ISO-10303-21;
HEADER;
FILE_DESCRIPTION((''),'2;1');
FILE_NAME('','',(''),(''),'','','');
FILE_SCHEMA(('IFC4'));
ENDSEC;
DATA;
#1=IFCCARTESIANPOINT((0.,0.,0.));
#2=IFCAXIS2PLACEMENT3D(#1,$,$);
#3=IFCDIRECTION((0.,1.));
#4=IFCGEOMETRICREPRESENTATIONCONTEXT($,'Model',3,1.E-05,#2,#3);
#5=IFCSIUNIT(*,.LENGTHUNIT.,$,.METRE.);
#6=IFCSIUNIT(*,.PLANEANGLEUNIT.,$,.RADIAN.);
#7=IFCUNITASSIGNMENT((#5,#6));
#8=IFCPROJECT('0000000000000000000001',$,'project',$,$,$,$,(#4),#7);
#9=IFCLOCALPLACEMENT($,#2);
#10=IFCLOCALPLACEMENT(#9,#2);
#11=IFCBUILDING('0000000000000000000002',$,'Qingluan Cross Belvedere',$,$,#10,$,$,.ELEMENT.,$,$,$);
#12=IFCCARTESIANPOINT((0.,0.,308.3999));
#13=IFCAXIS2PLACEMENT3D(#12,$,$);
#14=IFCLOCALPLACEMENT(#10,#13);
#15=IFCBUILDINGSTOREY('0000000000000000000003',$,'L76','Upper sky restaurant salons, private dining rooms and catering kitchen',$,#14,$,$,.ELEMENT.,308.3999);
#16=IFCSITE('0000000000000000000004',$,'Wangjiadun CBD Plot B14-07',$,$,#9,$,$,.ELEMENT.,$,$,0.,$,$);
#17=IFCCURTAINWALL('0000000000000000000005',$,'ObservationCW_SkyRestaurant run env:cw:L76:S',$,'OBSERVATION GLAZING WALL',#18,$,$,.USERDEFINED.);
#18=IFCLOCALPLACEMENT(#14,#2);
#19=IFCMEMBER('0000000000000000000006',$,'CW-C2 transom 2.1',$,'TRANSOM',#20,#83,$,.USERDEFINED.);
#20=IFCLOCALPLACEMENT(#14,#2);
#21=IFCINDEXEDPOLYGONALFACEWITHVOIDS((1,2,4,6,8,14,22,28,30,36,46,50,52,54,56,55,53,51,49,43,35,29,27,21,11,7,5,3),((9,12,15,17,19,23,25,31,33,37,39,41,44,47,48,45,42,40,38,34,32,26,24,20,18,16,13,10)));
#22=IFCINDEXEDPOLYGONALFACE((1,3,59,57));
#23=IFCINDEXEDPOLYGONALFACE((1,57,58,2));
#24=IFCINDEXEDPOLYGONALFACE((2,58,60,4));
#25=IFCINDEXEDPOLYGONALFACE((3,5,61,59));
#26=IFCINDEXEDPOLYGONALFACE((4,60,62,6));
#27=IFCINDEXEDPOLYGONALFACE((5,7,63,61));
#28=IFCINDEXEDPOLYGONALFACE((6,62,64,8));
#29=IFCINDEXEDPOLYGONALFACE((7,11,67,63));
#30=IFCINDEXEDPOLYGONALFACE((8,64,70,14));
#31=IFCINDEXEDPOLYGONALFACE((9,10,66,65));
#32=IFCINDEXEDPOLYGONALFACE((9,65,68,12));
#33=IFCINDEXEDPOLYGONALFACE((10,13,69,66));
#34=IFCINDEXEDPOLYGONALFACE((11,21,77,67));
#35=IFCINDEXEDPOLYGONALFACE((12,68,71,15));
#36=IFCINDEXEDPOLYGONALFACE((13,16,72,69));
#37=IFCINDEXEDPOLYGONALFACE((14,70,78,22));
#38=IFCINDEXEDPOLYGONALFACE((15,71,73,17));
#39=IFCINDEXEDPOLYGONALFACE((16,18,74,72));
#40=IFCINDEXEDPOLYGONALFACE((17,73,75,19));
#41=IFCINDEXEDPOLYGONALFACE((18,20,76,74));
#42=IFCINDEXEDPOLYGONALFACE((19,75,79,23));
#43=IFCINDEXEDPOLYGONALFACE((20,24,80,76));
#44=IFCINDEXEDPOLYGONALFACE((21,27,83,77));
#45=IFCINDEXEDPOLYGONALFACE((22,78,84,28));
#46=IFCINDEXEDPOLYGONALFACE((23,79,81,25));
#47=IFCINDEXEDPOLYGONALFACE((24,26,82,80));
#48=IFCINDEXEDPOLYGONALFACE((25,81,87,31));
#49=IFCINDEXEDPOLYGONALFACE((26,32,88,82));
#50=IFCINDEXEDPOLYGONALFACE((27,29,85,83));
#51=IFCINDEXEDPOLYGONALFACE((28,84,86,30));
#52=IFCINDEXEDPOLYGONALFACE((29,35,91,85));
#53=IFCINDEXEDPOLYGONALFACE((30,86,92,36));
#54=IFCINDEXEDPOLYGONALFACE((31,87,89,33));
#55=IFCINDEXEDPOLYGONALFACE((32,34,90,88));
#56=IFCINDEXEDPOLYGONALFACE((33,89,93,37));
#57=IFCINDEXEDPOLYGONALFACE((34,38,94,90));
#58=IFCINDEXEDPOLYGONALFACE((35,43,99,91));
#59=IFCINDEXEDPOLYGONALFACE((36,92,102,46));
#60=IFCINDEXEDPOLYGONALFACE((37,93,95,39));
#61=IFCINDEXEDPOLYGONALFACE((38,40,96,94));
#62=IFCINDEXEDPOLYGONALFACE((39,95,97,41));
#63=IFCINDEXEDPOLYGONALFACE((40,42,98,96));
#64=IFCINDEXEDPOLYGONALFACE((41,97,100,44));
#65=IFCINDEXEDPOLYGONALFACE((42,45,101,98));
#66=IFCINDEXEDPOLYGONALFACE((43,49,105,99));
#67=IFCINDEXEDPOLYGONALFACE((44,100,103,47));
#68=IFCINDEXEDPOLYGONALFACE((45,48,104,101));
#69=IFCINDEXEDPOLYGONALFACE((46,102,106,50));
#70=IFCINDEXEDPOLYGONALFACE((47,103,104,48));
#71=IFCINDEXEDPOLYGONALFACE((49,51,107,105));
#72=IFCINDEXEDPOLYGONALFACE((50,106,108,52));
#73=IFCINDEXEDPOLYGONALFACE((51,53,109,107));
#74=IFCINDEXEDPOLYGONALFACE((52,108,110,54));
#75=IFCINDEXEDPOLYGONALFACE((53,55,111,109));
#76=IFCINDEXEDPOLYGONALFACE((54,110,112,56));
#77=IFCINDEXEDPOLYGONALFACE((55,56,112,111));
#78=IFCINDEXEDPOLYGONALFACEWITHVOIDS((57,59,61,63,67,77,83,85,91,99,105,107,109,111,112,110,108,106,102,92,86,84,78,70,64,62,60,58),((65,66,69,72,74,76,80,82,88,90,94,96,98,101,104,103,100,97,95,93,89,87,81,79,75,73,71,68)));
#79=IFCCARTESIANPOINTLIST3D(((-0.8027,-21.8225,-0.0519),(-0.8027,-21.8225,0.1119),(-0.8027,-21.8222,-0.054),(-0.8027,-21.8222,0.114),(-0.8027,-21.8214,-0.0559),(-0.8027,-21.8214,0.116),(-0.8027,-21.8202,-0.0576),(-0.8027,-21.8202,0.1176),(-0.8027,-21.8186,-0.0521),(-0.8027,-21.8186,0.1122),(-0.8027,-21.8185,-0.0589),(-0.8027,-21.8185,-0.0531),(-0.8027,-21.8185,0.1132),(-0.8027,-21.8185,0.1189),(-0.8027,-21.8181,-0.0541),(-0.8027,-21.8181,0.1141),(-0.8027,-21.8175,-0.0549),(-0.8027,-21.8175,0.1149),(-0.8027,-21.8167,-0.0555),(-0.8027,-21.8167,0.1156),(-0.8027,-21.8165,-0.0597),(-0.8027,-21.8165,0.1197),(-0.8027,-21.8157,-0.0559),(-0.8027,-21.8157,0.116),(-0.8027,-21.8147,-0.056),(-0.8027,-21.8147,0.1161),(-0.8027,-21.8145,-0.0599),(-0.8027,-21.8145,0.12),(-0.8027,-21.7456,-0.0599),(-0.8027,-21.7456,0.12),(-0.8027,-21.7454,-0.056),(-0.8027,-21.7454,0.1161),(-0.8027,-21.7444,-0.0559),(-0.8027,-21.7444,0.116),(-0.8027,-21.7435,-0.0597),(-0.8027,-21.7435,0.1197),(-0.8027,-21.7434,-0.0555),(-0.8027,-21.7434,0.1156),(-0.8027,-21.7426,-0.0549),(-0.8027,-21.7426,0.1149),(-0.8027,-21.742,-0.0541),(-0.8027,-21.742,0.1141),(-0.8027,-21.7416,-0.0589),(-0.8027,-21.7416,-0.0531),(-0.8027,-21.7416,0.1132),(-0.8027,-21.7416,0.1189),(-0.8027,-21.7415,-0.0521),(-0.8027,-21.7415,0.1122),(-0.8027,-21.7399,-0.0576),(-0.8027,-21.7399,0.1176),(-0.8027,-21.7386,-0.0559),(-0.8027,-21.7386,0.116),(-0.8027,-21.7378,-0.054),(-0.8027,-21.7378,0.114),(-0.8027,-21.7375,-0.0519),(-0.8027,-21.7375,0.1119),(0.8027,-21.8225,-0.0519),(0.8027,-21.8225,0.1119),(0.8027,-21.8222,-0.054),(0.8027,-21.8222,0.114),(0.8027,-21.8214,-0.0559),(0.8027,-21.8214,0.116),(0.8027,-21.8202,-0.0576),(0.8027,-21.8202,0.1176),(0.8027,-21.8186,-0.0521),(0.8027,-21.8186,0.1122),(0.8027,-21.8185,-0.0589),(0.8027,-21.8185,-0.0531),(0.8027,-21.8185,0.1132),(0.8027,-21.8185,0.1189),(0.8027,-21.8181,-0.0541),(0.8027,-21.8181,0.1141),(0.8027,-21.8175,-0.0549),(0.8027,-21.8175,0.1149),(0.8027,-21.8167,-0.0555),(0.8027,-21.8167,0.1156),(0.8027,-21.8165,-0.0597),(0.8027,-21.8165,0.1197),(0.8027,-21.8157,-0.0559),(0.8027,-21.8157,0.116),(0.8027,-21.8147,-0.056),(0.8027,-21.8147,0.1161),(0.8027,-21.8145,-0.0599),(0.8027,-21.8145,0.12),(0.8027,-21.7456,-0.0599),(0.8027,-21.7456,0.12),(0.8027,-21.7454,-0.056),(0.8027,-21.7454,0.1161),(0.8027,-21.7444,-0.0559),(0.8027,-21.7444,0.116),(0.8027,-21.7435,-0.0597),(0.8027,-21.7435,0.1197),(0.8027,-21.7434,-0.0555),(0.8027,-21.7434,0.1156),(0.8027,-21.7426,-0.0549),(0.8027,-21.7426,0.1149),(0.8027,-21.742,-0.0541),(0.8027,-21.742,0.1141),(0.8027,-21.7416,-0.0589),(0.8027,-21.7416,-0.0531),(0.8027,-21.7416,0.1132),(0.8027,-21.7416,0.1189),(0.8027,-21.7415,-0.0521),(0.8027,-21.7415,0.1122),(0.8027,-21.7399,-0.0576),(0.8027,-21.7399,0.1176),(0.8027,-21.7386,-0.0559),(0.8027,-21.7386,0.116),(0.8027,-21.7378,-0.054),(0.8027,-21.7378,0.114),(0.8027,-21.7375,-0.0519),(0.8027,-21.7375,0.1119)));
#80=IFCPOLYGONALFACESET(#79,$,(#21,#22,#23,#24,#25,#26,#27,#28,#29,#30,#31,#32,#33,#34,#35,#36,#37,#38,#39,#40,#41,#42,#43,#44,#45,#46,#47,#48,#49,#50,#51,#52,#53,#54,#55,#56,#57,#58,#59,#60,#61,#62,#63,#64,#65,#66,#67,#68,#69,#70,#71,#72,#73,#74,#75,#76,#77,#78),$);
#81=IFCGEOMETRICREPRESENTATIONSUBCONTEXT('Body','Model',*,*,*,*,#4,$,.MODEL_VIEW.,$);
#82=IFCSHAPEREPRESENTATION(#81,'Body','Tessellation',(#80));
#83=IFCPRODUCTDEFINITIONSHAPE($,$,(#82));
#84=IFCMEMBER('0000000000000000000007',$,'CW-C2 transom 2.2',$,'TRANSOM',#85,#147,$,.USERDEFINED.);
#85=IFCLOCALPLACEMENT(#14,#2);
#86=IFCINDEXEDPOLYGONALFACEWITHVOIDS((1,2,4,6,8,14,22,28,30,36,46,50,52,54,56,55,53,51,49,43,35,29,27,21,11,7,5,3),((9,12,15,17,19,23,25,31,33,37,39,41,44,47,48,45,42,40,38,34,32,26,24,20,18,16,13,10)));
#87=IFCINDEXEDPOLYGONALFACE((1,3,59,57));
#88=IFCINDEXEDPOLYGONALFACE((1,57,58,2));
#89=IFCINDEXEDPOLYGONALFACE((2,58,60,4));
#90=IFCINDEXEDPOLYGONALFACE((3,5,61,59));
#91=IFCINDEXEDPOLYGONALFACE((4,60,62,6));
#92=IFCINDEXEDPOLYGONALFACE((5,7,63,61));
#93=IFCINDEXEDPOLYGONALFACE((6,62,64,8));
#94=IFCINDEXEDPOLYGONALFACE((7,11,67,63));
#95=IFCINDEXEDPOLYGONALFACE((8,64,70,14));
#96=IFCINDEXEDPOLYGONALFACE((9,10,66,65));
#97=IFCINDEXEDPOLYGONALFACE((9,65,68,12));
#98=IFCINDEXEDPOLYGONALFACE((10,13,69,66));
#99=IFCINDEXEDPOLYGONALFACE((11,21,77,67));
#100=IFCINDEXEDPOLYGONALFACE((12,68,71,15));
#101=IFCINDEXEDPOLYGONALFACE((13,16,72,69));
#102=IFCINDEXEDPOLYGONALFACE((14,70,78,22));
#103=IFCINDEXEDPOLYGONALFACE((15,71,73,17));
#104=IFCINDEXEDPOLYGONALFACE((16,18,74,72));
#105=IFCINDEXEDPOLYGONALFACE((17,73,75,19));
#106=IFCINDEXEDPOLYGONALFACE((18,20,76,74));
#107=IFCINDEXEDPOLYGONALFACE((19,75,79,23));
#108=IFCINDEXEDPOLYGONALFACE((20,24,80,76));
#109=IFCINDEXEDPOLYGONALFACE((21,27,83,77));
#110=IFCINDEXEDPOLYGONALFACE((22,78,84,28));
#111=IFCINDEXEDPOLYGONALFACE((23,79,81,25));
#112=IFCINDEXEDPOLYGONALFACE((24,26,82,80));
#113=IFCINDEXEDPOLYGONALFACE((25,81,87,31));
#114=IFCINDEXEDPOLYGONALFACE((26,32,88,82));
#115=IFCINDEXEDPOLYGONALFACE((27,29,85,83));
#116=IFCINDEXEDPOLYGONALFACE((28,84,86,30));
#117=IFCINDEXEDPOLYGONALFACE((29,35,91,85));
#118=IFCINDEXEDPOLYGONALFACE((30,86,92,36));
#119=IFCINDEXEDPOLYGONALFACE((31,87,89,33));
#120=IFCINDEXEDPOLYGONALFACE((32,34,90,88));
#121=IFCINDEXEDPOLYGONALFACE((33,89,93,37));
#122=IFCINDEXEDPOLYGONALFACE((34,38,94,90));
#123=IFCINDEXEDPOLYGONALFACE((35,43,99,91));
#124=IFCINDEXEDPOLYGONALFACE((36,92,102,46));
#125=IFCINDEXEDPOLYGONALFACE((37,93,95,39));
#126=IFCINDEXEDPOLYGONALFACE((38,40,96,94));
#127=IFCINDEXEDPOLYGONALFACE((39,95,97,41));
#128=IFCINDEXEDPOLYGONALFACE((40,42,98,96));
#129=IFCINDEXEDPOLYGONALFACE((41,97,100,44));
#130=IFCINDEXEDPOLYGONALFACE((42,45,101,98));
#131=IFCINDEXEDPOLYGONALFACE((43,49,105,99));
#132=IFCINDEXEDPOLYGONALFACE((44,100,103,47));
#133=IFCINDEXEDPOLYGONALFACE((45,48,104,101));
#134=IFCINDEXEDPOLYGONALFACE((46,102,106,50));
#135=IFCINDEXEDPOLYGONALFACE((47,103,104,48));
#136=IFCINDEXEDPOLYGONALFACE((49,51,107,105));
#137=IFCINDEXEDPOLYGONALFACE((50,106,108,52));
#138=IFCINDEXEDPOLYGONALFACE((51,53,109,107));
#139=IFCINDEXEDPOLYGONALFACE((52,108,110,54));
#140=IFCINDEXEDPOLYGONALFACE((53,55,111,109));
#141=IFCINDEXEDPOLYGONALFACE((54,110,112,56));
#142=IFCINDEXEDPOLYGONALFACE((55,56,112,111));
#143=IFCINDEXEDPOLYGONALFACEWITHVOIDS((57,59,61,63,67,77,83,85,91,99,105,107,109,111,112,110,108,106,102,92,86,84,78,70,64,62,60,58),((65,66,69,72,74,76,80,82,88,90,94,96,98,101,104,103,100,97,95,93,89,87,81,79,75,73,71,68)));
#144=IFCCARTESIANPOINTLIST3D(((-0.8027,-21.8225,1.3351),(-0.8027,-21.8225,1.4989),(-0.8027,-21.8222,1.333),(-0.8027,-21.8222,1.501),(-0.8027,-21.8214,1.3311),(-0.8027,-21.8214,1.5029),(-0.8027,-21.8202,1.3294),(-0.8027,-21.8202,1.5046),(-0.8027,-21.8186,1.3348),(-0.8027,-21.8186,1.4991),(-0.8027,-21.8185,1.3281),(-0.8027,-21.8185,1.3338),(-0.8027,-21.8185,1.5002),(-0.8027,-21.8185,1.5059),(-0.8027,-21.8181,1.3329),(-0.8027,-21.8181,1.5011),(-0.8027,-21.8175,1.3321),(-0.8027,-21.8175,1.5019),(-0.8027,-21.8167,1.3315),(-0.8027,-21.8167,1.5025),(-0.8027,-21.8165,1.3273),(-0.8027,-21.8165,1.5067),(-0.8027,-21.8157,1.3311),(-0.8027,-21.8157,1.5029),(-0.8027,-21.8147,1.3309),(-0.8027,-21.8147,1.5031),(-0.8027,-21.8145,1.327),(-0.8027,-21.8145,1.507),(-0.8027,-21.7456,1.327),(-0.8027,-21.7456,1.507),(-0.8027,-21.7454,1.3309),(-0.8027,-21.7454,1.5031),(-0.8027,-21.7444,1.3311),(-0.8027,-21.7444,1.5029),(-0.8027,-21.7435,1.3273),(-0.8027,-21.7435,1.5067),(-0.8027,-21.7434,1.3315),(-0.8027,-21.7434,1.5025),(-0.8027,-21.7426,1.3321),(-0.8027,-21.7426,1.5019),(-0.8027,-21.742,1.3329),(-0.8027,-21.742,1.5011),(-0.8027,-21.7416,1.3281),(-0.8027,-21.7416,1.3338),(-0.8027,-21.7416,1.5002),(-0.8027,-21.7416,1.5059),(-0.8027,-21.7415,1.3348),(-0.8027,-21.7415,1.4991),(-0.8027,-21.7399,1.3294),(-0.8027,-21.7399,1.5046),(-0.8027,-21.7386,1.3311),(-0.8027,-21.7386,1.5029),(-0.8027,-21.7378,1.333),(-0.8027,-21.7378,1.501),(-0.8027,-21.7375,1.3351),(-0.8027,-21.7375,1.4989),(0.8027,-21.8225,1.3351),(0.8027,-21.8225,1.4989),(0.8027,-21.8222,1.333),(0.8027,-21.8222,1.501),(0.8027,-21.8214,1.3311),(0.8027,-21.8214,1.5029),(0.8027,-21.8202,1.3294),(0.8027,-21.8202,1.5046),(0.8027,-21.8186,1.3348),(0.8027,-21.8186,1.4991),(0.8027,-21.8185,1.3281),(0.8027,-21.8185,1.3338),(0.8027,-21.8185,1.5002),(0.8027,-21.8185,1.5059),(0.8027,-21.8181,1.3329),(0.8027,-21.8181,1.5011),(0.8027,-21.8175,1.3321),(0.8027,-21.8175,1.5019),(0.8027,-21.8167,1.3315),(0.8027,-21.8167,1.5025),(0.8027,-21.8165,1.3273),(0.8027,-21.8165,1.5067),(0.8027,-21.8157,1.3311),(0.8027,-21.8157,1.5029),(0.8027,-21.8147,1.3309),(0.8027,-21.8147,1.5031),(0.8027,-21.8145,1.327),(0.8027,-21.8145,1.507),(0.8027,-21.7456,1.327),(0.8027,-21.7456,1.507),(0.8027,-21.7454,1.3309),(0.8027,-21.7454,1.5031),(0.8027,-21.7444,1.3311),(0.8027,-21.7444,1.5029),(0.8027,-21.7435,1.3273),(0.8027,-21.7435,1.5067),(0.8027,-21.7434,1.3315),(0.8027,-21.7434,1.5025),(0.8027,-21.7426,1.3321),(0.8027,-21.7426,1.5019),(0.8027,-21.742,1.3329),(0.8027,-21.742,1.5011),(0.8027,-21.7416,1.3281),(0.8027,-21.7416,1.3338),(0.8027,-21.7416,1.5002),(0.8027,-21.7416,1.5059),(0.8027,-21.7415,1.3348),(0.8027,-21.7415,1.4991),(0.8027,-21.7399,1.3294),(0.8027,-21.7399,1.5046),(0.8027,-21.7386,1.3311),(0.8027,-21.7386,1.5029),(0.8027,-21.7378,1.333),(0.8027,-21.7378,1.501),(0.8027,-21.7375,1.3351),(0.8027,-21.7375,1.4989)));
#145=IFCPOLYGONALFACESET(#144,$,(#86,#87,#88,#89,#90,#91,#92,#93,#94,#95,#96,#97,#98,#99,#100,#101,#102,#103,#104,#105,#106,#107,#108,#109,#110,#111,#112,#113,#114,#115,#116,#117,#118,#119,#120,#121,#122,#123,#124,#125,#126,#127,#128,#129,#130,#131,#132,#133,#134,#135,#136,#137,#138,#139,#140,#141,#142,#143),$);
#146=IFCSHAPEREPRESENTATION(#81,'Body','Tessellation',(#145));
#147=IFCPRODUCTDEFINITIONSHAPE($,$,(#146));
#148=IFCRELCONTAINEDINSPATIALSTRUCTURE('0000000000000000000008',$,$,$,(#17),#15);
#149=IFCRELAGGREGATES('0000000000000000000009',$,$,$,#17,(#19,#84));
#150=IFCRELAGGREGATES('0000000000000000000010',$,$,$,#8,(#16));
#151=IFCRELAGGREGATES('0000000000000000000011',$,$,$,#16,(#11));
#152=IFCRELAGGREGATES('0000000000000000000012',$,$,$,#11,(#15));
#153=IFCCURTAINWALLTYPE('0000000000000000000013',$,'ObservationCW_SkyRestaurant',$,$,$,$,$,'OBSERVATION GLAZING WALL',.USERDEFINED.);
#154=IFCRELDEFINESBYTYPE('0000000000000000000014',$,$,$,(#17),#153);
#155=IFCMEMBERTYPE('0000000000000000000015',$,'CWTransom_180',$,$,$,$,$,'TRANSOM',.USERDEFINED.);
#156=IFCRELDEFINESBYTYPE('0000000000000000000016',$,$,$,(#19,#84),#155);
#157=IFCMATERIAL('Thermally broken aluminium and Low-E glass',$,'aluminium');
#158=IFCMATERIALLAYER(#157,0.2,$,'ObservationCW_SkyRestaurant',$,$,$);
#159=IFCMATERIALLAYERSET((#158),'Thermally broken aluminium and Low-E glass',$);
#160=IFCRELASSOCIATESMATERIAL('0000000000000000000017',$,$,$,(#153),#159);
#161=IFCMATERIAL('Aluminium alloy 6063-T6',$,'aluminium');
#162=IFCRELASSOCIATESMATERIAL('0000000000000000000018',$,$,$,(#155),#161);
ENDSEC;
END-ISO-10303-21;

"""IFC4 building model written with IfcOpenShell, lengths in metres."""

from ifc_helpers import new_model, si_unit, direction, frame, origin, origin_2d, place, context, subcontext, project, spatial, hollow_rectangle, extrude, material, layer, layer_set, material_profile, profile_set, type_object, element, aggregate, save


model = new_model("IFC4")

# Units and contexts
model_context = context("Model", 3, precision=1e-05, world=origin(), true_north=direction((0.0, 1.0)))
body_context = subcontext(model_context, "Body", "Model", "MODEL_VIEW")
ifc_project = project(units=[si_unit("LENGTHUNIT", "METRE"), si_unit("PLANEANGLEUNIT", "RADIAN")], contexts=[model_context])

# Site, building, storey
site_placement = place(None, origin())
site = spatial("IfcSite", under=ifc_project, at=site_placement, Name="Wangjiadun CBD Plot B14-07", CompositionType="ELEMENT", RefElevation=0.0)
building_placement = place(site_placement, origin())
building = spatial("IfcBuilding", under=site, at=building_placement, Name="Qingluan Cross Belvedere", CompositionType="ELEMENT")
storey_placement = place(building_placement, frame((0.0, 0.0, 308.3999)))
storey = spatial("IfcBuildingStorey", under=building, at=storey_placement, Name="L76", Description="Upper sky restaurant salons, private dining rooms and catering kitchen", CompositionType="ELEMENT", Elevation=308.3999)

# Curtain wall, members
ifc_material_1 = material(Name="Thermally broken aluminium and Low-E glass", Category="aluminium")
ifc_layer_1 = layer(ifc_material_1, 0.2, Name="ObservationCW_SkyRestaurant")
ifc_layer_set_1 = layer_set([ifc_layer_1], Name="Thermally broken aluminium and Low-E glass")
curtain_wall_type = type_object("IfcCurtainWallType", Name="ObservationCW_SkyRestaurant", ElementType="OBSERVATION GLAZING WALL", PredefinedType="USERDEFINED", material=ifc_layer_set_1)
curtain_wall_placement = place(storey_placement, origin())
curtain_wall = element("IfcCurtainWall", 1, at=curtain_wall_placement, inside=storey, type_object=curtain_wall_type, Name="ObservationCW_SkyRestaurant run env:cw:L76:S", ObjectType="OBSERVATION GLAZING WALL", PredefinedType="USERDEFINED")
ifc_material_2 = material(Name="Aluminium alloy 6063-T6", Category="aluminium")
ifc_material_profile_1 = material_profile(ifc_material_2, hollow_rectangle(XDim=0.085, YDim=0.1799, WallThickness=0.0039, InnerFilletRadius=0.0039, OuterFilletRadius=0.0081, at=origin_2d()), Name="CWT180x85x4")
ifc_profile_set_1 = profile_set([ifc_material_profile_1], Name="Aluminium alloy 6063-T6")
member_type_1 = type_object("IfcMemberType", Name="CWTransom_180", ElementType="TRANSOM", PredefinedType="USERDEFINED", material=ifc_profile_set_1)
member_1_placement = place(storey_placement, frame((-0.8027, -21.78, 0.03), z_axis=(1.0, 0.0, 0.0), x_axis=(0.0, 1.0, 0.0)))
member_1 = element("IfcMember", 2, at=member_1_placement, type_object=member_type_1, Name="CW-C2 transom 2.1", ObjectType="TRANSOM", PredefinedType="USERDEFINED", context=body_context, shape_type="SweptSolid", body=[
    extrude(hollow_rectangle(XDim=0.085, YDim=0.1799, WallThickness=0.0039, InnerFilletRadius=0.0039, OuterFilletRadius=0.0081, at=origin_2d()), origin(), (0.0, 0.0, 1.0), 1.6055),
])
member_2_placement = place(storey_placement, frame((-0.8027, -21.78, 1.417), z_axis=(1.0, 0.0, 0.0), x_axis=(0.0, 1.0, 0.0)))
member_2 = element("IfcMember", 3, at=member_2_placement, type_object=member_type_1, Name="CW-C2 transom 2.2", ObjectType="TRANSOM", PredefinedType="USERDEFINED", context=body_context, shape_type="SweptSolid", body=[
    extrude(hollow_rectangle(XDim=0.085, YDim=0.1799, WallThickness=0.0039, InnerFilletRadius=0.0039, OuterFilletRadius=0.0081, at=origin_2d()), origin(), (0.0, 0.0, 1.0), 1.6055),
])

aggregate(curtain_wall, [member_1, member_2])

save(model, "model.ifc")
